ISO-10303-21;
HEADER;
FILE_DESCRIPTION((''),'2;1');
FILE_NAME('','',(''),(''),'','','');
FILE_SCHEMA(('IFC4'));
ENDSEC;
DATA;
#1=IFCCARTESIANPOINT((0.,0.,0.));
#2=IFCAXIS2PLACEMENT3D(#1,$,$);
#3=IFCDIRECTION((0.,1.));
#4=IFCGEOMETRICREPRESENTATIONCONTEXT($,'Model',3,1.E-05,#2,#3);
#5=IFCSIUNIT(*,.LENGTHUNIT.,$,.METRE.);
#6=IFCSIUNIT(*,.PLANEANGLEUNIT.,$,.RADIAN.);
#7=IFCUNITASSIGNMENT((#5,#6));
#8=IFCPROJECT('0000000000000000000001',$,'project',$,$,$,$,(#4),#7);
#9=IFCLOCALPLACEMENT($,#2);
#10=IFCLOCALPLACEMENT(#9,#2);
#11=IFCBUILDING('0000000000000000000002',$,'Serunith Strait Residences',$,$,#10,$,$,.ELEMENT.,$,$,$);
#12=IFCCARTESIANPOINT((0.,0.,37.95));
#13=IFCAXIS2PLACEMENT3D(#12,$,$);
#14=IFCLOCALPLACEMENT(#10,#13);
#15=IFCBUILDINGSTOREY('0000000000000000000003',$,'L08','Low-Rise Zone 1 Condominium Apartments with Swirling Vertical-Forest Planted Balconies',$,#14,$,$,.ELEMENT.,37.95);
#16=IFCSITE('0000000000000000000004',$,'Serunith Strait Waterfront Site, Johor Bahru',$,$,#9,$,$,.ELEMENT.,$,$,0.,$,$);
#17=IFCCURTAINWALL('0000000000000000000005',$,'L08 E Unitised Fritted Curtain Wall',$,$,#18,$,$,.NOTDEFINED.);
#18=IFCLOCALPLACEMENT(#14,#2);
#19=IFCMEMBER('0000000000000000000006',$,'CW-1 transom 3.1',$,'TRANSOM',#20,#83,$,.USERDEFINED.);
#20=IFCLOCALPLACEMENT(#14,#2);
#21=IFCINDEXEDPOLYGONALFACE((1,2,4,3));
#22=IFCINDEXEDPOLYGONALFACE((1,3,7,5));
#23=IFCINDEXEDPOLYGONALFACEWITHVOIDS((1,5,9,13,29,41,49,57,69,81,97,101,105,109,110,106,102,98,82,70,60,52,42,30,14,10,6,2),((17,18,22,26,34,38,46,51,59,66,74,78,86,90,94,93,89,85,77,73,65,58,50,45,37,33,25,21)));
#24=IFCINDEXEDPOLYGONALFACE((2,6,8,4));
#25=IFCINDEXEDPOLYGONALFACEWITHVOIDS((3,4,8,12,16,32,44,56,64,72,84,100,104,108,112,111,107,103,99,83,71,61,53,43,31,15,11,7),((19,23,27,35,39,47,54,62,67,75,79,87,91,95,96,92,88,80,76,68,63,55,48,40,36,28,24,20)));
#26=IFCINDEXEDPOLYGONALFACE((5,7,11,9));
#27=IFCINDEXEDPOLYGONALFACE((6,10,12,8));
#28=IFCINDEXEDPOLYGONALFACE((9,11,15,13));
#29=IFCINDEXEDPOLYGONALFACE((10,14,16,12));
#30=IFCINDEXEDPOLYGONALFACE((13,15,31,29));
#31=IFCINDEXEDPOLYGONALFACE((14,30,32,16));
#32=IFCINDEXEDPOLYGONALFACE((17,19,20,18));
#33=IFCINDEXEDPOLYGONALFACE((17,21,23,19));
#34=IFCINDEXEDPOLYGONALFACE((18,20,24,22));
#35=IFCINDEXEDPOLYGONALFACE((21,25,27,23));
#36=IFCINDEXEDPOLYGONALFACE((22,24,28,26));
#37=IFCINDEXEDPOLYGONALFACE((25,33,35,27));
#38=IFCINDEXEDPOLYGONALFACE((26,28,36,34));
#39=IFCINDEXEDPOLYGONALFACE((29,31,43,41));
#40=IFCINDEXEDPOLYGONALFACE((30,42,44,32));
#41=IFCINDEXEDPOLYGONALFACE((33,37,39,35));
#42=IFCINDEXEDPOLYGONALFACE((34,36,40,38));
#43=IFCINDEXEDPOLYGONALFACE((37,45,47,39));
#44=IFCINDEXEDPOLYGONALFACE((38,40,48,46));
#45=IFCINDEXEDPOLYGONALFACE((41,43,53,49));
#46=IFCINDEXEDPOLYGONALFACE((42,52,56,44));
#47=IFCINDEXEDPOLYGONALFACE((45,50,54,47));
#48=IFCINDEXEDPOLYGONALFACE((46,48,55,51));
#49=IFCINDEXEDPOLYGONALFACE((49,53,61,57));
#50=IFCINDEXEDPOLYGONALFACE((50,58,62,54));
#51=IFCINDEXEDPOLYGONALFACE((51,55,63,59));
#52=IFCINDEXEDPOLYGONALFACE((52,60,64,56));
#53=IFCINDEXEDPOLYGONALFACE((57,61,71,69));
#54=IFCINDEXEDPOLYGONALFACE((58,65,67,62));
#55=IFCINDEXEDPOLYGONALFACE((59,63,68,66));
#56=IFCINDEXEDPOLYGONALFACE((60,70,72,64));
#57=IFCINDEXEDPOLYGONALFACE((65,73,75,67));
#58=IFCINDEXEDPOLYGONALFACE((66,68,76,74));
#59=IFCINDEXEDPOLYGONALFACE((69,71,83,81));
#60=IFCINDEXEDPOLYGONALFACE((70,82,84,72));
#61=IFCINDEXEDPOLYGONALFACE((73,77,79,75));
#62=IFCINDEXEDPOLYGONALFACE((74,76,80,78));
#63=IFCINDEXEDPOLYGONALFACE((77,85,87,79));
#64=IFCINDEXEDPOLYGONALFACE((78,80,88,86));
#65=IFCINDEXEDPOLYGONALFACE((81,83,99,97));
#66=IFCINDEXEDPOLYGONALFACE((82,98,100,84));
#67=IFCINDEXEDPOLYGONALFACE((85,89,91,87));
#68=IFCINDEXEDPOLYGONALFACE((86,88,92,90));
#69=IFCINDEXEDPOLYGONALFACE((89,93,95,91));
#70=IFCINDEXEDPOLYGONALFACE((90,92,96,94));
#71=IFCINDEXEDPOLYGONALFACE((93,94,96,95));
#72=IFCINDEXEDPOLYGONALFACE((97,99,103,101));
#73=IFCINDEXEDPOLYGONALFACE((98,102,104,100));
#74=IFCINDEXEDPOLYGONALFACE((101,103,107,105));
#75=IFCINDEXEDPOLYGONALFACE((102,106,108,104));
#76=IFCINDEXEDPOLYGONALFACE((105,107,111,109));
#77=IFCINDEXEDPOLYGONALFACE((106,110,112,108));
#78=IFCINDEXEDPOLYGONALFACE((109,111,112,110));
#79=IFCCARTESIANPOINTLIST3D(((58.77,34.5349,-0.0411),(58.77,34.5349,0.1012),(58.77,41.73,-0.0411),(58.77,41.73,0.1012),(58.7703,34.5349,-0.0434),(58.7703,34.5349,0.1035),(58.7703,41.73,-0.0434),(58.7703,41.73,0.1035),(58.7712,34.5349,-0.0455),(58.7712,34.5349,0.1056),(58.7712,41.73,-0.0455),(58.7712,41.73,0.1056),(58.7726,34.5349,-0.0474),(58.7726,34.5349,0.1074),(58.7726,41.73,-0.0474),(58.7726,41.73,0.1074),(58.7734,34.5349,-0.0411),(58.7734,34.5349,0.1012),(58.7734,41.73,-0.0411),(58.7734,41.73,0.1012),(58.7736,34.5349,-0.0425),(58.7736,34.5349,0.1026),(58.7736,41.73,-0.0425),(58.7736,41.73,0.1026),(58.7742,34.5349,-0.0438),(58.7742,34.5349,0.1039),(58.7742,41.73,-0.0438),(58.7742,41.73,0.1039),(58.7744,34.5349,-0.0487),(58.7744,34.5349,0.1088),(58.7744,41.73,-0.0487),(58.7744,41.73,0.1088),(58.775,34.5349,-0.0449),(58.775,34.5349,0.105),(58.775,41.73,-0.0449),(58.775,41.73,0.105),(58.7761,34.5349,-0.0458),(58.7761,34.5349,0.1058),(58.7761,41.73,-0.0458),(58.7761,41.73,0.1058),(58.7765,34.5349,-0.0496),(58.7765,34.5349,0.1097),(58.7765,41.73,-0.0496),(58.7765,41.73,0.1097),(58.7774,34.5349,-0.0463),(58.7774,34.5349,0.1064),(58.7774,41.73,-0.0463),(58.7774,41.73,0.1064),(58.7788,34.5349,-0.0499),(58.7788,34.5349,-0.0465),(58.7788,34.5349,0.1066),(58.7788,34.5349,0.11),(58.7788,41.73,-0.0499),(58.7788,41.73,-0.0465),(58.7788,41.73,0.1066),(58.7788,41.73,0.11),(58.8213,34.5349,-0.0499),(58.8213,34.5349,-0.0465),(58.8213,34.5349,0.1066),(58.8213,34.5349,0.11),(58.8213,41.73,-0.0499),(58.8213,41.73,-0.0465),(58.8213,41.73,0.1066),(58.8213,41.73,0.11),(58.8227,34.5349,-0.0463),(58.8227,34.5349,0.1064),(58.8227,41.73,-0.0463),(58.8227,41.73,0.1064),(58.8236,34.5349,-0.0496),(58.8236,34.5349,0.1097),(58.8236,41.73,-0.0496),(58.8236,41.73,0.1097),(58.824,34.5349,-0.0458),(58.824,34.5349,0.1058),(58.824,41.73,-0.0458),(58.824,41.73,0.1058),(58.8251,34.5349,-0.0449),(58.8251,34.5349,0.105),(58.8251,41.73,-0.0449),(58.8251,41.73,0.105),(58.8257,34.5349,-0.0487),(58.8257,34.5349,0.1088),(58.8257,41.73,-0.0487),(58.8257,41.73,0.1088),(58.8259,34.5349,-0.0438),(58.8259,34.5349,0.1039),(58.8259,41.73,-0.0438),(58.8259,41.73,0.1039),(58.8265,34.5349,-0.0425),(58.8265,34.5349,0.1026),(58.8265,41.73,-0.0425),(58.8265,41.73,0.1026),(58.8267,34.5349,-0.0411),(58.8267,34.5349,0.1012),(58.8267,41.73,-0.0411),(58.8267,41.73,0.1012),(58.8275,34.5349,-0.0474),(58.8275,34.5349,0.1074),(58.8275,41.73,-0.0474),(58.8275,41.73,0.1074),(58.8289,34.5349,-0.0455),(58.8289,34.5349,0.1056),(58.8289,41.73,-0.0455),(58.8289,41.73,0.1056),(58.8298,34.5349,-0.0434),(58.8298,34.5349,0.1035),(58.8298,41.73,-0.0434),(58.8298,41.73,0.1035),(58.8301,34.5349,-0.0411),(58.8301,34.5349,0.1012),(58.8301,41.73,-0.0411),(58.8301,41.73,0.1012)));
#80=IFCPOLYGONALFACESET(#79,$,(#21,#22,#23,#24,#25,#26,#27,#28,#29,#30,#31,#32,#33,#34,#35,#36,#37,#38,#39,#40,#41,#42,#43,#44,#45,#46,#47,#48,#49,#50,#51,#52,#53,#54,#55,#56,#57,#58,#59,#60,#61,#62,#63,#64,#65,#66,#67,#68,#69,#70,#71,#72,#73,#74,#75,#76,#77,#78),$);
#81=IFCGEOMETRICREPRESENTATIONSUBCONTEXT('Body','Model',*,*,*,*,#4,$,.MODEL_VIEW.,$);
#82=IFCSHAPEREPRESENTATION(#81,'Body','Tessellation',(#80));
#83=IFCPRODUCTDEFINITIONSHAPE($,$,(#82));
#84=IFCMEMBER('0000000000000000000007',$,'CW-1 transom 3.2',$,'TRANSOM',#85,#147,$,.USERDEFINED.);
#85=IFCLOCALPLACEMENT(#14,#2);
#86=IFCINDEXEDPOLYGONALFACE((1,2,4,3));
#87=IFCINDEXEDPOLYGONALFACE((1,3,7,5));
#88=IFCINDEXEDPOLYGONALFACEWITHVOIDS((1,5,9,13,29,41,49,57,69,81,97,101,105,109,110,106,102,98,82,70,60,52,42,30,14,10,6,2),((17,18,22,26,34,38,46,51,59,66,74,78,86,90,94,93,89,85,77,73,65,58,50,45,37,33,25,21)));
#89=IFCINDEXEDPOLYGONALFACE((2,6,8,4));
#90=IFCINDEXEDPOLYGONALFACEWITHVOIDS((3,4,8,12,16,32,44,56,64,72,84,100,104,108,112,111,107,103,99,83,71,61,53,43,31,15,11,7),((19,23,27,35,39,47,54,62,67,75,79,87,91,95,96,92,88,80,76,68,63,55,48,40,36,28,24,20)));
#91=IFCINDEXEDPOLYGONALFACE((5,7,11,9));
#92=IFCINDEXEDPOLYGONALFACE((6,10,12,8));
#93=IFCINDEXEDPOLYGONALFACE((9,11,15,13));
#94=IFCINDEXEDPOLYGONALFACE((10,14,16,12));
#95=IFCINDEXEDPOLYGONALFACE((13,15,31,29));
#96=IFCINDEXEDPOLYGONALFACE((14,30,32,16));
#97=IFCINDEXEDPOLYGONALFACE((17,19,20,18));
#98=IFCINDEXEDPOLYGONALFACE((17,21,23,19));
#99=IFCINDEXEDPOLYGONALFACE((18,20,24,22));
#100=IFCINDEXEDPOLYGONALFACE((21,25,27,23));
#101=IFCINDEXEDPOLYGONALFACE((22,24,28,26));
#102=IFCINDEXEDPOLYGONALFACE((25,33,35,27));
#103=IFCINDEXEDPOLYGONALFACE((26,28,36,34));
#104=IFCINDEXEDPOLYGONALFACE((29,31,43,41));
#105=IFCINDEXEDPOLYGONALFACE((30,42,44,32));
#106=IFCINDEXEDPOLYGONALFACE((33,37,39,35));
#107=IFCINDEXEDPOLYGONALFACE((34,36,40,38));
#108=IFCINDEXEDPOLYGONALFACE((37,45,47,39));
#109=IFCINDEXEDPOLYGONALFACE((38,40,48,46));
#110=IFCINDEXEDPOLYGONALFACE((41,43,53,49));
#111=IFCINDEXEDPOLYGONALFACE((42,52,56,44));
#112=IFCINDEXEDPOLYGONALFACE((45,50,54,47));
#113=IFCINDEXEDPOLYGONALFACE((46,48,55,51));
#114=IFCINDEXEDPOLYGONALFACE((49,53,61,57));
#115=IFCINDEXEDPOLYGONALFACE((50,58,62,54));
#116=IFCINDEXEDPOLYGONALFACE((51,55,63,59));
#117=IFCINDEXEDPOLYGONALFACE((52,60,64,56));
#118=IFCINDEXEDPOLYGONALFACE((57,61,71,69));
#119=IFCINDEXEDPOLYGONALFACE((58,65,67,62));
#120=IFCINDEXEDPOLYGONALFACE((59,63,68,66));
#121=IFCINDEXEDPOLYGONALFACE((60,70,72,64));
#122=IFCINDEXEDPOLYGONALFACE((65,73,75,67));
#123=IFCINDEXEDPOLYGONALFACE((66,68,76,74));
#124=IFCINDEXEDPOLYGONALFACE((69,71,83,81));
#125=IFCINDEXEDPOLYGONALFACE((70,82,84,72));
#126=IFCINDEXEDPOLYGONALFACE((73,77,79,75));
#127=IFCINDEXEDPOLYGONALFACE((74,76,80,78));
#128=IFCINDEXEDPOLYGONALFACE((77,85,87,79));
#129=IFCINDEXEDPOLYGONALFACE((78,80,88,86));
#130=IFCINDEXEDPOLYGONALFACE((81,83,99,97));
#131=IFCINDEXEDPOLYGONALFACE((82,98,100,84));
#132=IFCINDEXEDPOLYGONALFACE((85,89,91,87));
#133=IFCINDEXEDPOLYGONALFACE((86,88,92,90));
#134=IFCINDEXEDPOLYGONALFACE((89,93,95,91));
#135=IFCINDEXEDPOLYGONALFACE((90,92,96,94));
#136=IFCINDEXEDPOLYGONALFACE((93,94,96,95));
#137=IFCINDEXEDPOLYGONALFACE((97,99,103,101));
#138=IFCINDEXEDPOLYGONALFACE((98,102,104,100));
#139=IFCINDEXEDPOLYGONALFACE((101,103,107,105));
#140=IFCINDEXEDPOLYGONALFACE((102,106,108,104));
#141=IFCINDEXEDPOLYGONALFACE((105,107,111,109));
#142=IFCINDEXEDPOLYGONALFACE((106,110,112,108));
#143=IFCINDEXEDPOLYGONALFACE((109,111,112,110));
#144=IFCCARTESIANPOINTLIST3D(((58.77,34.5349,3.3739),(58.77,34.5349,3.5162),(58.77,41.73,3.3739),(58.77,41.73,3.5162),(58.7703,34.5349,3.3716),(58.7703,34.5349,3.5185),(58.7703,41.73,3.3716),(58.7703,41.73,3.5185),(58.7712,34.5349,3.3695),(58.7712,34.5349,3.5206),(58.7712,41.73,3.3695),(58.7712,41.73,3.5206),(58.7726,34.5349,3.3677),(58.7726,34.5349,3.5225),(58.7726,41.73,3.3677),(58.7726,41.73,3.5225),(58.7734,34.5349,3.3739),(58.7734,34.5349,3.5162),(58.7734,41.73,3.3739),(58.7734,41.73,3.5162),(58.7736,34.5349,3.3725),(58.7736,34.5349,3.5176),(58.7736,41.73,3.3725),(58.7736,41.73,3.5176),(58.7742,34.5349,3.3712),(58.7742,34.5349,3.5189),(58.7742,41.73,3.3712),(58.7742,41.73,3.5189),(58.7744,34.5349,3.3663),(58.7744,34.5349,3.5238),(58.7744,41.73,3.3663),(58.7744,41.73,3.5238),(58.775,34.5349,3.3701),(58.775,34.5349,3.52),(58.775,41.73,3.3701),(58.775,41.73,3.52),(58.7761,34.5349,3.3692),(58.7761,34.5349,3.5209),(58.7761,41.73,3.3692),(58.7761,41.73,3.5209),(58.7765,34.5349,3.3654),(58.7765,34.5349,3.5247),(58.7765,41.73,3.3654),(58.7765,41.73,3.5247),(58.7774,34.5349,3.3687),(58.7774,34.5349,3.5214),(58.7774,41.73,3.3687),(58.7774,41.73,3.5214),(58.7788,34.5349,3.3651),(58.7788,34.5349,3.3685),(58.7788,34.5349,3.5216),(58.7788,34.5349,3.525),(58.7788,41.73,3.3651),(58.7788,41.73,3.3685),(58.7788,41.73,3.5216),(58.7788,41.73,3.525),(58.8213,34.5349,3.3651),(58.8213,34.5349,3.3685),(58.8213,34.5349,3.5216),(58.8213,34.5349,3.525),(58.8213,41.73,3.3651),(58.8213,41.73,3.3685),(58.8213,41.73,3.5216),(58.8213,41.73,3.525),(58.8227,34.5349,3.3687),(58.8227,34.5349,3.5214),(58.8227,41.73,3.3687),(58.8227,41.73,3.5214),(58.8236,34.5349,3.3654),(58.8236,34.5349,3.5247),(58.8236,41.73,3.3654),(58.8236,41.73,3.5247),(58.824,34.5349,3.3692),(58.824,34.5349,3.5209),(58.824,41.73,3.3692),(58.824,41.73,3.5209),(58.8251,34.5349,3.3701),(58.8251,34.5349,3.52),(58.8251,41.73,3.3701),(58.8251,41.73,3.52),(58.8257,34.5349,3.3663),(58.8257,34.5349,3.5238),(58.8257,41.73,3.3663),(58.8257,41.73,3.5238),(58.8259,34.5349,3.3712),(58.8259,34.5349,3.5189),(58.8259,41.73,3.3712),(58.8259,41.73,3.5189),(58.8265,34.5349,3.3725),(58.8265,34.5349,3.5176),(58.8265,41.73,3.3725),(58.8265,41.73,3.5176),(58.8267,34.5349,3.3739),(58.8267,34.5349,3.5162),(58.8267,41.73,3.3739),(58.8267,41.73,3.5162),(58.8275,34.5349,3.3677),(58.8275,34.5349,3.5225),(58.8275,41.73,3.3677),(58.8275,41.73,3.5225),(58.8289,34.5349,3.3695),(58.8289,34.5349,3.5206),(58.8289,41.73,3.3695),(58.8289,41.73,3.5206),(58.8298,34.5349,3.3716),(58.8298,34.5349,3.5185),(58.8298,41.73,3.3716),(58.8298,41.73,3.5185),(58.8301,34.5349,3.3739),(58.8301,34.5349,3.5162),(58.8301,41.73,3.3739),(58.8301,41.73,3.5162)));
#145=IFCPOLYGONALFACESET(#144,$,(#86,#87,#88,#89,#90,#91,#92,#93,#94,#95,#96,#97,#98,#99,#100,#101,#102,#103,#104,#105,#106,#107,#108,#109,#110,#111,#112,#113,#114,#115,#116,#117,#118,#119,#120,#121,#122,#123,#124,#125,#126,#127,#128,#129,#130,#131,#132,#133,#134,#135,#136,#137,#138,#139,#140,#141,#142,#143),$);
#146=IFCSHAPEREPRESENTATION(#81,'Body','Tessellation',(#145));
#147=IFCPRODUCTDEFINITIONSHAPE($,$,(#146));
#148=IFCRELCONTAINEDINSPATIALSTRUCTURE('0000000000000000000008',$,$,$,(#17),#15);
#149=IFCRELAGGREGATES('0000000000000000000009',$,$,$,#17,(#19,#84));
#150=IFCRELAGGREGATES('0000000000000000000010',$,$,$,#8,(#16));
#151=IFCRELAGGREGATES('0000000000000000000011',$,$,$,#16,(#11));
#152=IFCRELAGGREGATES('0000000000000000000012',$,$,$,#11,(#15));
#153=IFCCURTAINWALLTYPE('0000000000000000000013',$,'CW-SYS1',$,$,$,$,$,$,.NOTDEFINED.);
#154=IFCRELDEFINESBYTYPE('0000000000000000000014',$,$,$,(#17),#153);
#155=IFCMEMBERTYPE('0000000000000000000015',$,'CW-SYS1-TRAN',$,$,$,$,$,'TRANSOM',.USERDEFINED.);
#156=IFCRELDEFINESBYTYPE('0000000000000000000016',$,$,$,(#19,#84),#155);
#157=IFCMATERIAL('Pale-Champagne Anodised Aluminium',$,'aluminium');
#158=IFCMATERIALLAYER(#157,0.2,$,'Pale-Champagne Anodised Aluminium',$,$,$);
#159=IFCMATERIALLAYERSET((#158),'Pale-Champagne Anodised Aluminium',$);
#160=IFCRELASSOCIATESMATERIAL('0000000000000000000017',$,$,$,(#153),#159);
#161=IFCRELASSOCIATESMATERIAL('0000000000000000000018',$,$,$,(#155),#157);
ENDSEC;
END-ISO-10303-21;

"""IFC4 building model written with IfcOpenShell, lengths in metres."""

from ifc_helpers import new_model, si_unit, direction, frame, origin, origin_2d, place, context, subcontext, project, spatial, hollow_rectangle, extrude, source, transform, mapped, material, layer, layer_set, material_profile, profile_set, type_object, element, aggregate, save


model = new_model("IFC4")

# Units and contexts
model_context = context("Model", 3, precision=1e-05, world=origin(), true_north=direction((0.0, 1.0)))
body_context = subcontext(model_context, "Body", "Model", "MODEL_VIEW")
ifc_project = project(units=[si_unit("LENGTHUNIT", "METRE"), si_unit("PLANEANGLEUNIT", "RADIAN")], contexts=[model_context])

# Site, building, storey
site_placement = place(None, origin())
site = spatial("IfcSite", under=ifc_project, at=site_placement, Name="Serunith Strait Waterfront Site, Johor Bahru", CompositionType="ELEMENT", RefElevation=0.0)
building_placement = place(site_placement, origin())
building = spatial("IfcBuilding", under=site, at=building_placement, Name="Serunith Strait Residences", CompositionType="ELEMENT")
storey_placement = place(building_placement, frame((0.0, 0.0, 37.95)))
storey = spatial("IfcBuildingStorey", under=building, at=storey_placement, Name="L08", Description="Low-Rise Zone 1 Condominium Apartments with Swirling Vertical-Forest Planted Balconies", CompositionType="ELEMENT", Elevation=37.95)

# Curtain wall, members
ifc_material_1 = material(Name="Pale-Champagne Anodised Aluminium", Category="aluminium")
ifc_layer_1 = layer(ifc_material_1, 0.2, Name="Pale-Champagne Anodised Aluminium")
ifc_layer_set_1 = layer_set([ifc_layer_1], Name="Pale-Champagne Anodised Aluminium")
curtain_wall_type = type_object("IfcCurtainWallType", Name="CW-SYS1", PredefinedType="NOTDEFINED", material=ifc_layer_set_1)
curtain_wall_placement = place(storey_placement, origin())
curtain_wall = element("IfcCurtainWall", 1, at=curtain_wall_placement, inside=storey, type_object=curtain_wall_type, Name="L08 E Unitised Fritted Curtain Wall", PredefinedType="NOTDEFINED")
ifc_material_profile_1 = material_profile(ifc_material_1, hollow_rectangle(XDim=0.0601, YDim=0.1599, WallThickness=0.0034, InnerFilletRadius=0.0054, OuterFilletRadius=0.0088, at=origin_2d()), Name="ALU 160x60x3.5")
ifc_profile_set_1 = profile_set([ifc_material_profile_1], Name="Pale-Champagne Anodised Aluminium")
member_type_1 = type_object("IfcMemberType", Name="CW-SYS1-TRAN", ElementType="TRANSOM", PredefinedType="USERDEFINED", material=ifc_profile_set_1)
shared_shape_1 = source(origin(), body_context, "Body", "SweptSolid", [
    extrude(hollow_rectangle(XDim=0.0601, YDim=0.1599, WallThickness=0.0034, InnerFilletRadius=0.0054, OuterFilletRadius=0.0088, at=origin_2d()), origin(), (0.0, 0.0, 1.0), 7.1951),
])
member_1_placement = place(storey_placement, frame((58.8, 34.5349, 0.03), z_axis=(0.0, 1.0, 0.0), x_axis=(-1.0, 0.0, 0.0)))
member_1 = element("IfcMember", 2, at=member_1_placement, type_object=member_type_1, Name="CW-1 transom 3.1", ObjectType="TRANSOM", PredefinedType="USERDEFINED", context=body_context, shape_type="MappedRepresentation", body=[
    mapped(shared_shape_1, transform((0.0, 0.0, 0.0), scale=1.0)),
])
member_2_placement = place(storey_placement, frame((58.8, 34.5349, 3.4451), z_axis=(0.0, 1.0, 0.0), x_axis=(-1.0, 0.0, 0.0)))
member_2 = element("IfcMember", 3, at=member_2_placement, type_object=member_type_1, Name="CW-1 transom 3.2", ObjectType="TRANSOM", PredefinedType="USERDEFINED", context=body_context, shape_type="MappedRepresentation", body=[
    mapped(shared_shape_1, transform((0.0, 0.0, 0.0), scale=1.0)),
])
aggregate(curtain_wall, [member_1, member_2])

save(model, "model.ifc")
